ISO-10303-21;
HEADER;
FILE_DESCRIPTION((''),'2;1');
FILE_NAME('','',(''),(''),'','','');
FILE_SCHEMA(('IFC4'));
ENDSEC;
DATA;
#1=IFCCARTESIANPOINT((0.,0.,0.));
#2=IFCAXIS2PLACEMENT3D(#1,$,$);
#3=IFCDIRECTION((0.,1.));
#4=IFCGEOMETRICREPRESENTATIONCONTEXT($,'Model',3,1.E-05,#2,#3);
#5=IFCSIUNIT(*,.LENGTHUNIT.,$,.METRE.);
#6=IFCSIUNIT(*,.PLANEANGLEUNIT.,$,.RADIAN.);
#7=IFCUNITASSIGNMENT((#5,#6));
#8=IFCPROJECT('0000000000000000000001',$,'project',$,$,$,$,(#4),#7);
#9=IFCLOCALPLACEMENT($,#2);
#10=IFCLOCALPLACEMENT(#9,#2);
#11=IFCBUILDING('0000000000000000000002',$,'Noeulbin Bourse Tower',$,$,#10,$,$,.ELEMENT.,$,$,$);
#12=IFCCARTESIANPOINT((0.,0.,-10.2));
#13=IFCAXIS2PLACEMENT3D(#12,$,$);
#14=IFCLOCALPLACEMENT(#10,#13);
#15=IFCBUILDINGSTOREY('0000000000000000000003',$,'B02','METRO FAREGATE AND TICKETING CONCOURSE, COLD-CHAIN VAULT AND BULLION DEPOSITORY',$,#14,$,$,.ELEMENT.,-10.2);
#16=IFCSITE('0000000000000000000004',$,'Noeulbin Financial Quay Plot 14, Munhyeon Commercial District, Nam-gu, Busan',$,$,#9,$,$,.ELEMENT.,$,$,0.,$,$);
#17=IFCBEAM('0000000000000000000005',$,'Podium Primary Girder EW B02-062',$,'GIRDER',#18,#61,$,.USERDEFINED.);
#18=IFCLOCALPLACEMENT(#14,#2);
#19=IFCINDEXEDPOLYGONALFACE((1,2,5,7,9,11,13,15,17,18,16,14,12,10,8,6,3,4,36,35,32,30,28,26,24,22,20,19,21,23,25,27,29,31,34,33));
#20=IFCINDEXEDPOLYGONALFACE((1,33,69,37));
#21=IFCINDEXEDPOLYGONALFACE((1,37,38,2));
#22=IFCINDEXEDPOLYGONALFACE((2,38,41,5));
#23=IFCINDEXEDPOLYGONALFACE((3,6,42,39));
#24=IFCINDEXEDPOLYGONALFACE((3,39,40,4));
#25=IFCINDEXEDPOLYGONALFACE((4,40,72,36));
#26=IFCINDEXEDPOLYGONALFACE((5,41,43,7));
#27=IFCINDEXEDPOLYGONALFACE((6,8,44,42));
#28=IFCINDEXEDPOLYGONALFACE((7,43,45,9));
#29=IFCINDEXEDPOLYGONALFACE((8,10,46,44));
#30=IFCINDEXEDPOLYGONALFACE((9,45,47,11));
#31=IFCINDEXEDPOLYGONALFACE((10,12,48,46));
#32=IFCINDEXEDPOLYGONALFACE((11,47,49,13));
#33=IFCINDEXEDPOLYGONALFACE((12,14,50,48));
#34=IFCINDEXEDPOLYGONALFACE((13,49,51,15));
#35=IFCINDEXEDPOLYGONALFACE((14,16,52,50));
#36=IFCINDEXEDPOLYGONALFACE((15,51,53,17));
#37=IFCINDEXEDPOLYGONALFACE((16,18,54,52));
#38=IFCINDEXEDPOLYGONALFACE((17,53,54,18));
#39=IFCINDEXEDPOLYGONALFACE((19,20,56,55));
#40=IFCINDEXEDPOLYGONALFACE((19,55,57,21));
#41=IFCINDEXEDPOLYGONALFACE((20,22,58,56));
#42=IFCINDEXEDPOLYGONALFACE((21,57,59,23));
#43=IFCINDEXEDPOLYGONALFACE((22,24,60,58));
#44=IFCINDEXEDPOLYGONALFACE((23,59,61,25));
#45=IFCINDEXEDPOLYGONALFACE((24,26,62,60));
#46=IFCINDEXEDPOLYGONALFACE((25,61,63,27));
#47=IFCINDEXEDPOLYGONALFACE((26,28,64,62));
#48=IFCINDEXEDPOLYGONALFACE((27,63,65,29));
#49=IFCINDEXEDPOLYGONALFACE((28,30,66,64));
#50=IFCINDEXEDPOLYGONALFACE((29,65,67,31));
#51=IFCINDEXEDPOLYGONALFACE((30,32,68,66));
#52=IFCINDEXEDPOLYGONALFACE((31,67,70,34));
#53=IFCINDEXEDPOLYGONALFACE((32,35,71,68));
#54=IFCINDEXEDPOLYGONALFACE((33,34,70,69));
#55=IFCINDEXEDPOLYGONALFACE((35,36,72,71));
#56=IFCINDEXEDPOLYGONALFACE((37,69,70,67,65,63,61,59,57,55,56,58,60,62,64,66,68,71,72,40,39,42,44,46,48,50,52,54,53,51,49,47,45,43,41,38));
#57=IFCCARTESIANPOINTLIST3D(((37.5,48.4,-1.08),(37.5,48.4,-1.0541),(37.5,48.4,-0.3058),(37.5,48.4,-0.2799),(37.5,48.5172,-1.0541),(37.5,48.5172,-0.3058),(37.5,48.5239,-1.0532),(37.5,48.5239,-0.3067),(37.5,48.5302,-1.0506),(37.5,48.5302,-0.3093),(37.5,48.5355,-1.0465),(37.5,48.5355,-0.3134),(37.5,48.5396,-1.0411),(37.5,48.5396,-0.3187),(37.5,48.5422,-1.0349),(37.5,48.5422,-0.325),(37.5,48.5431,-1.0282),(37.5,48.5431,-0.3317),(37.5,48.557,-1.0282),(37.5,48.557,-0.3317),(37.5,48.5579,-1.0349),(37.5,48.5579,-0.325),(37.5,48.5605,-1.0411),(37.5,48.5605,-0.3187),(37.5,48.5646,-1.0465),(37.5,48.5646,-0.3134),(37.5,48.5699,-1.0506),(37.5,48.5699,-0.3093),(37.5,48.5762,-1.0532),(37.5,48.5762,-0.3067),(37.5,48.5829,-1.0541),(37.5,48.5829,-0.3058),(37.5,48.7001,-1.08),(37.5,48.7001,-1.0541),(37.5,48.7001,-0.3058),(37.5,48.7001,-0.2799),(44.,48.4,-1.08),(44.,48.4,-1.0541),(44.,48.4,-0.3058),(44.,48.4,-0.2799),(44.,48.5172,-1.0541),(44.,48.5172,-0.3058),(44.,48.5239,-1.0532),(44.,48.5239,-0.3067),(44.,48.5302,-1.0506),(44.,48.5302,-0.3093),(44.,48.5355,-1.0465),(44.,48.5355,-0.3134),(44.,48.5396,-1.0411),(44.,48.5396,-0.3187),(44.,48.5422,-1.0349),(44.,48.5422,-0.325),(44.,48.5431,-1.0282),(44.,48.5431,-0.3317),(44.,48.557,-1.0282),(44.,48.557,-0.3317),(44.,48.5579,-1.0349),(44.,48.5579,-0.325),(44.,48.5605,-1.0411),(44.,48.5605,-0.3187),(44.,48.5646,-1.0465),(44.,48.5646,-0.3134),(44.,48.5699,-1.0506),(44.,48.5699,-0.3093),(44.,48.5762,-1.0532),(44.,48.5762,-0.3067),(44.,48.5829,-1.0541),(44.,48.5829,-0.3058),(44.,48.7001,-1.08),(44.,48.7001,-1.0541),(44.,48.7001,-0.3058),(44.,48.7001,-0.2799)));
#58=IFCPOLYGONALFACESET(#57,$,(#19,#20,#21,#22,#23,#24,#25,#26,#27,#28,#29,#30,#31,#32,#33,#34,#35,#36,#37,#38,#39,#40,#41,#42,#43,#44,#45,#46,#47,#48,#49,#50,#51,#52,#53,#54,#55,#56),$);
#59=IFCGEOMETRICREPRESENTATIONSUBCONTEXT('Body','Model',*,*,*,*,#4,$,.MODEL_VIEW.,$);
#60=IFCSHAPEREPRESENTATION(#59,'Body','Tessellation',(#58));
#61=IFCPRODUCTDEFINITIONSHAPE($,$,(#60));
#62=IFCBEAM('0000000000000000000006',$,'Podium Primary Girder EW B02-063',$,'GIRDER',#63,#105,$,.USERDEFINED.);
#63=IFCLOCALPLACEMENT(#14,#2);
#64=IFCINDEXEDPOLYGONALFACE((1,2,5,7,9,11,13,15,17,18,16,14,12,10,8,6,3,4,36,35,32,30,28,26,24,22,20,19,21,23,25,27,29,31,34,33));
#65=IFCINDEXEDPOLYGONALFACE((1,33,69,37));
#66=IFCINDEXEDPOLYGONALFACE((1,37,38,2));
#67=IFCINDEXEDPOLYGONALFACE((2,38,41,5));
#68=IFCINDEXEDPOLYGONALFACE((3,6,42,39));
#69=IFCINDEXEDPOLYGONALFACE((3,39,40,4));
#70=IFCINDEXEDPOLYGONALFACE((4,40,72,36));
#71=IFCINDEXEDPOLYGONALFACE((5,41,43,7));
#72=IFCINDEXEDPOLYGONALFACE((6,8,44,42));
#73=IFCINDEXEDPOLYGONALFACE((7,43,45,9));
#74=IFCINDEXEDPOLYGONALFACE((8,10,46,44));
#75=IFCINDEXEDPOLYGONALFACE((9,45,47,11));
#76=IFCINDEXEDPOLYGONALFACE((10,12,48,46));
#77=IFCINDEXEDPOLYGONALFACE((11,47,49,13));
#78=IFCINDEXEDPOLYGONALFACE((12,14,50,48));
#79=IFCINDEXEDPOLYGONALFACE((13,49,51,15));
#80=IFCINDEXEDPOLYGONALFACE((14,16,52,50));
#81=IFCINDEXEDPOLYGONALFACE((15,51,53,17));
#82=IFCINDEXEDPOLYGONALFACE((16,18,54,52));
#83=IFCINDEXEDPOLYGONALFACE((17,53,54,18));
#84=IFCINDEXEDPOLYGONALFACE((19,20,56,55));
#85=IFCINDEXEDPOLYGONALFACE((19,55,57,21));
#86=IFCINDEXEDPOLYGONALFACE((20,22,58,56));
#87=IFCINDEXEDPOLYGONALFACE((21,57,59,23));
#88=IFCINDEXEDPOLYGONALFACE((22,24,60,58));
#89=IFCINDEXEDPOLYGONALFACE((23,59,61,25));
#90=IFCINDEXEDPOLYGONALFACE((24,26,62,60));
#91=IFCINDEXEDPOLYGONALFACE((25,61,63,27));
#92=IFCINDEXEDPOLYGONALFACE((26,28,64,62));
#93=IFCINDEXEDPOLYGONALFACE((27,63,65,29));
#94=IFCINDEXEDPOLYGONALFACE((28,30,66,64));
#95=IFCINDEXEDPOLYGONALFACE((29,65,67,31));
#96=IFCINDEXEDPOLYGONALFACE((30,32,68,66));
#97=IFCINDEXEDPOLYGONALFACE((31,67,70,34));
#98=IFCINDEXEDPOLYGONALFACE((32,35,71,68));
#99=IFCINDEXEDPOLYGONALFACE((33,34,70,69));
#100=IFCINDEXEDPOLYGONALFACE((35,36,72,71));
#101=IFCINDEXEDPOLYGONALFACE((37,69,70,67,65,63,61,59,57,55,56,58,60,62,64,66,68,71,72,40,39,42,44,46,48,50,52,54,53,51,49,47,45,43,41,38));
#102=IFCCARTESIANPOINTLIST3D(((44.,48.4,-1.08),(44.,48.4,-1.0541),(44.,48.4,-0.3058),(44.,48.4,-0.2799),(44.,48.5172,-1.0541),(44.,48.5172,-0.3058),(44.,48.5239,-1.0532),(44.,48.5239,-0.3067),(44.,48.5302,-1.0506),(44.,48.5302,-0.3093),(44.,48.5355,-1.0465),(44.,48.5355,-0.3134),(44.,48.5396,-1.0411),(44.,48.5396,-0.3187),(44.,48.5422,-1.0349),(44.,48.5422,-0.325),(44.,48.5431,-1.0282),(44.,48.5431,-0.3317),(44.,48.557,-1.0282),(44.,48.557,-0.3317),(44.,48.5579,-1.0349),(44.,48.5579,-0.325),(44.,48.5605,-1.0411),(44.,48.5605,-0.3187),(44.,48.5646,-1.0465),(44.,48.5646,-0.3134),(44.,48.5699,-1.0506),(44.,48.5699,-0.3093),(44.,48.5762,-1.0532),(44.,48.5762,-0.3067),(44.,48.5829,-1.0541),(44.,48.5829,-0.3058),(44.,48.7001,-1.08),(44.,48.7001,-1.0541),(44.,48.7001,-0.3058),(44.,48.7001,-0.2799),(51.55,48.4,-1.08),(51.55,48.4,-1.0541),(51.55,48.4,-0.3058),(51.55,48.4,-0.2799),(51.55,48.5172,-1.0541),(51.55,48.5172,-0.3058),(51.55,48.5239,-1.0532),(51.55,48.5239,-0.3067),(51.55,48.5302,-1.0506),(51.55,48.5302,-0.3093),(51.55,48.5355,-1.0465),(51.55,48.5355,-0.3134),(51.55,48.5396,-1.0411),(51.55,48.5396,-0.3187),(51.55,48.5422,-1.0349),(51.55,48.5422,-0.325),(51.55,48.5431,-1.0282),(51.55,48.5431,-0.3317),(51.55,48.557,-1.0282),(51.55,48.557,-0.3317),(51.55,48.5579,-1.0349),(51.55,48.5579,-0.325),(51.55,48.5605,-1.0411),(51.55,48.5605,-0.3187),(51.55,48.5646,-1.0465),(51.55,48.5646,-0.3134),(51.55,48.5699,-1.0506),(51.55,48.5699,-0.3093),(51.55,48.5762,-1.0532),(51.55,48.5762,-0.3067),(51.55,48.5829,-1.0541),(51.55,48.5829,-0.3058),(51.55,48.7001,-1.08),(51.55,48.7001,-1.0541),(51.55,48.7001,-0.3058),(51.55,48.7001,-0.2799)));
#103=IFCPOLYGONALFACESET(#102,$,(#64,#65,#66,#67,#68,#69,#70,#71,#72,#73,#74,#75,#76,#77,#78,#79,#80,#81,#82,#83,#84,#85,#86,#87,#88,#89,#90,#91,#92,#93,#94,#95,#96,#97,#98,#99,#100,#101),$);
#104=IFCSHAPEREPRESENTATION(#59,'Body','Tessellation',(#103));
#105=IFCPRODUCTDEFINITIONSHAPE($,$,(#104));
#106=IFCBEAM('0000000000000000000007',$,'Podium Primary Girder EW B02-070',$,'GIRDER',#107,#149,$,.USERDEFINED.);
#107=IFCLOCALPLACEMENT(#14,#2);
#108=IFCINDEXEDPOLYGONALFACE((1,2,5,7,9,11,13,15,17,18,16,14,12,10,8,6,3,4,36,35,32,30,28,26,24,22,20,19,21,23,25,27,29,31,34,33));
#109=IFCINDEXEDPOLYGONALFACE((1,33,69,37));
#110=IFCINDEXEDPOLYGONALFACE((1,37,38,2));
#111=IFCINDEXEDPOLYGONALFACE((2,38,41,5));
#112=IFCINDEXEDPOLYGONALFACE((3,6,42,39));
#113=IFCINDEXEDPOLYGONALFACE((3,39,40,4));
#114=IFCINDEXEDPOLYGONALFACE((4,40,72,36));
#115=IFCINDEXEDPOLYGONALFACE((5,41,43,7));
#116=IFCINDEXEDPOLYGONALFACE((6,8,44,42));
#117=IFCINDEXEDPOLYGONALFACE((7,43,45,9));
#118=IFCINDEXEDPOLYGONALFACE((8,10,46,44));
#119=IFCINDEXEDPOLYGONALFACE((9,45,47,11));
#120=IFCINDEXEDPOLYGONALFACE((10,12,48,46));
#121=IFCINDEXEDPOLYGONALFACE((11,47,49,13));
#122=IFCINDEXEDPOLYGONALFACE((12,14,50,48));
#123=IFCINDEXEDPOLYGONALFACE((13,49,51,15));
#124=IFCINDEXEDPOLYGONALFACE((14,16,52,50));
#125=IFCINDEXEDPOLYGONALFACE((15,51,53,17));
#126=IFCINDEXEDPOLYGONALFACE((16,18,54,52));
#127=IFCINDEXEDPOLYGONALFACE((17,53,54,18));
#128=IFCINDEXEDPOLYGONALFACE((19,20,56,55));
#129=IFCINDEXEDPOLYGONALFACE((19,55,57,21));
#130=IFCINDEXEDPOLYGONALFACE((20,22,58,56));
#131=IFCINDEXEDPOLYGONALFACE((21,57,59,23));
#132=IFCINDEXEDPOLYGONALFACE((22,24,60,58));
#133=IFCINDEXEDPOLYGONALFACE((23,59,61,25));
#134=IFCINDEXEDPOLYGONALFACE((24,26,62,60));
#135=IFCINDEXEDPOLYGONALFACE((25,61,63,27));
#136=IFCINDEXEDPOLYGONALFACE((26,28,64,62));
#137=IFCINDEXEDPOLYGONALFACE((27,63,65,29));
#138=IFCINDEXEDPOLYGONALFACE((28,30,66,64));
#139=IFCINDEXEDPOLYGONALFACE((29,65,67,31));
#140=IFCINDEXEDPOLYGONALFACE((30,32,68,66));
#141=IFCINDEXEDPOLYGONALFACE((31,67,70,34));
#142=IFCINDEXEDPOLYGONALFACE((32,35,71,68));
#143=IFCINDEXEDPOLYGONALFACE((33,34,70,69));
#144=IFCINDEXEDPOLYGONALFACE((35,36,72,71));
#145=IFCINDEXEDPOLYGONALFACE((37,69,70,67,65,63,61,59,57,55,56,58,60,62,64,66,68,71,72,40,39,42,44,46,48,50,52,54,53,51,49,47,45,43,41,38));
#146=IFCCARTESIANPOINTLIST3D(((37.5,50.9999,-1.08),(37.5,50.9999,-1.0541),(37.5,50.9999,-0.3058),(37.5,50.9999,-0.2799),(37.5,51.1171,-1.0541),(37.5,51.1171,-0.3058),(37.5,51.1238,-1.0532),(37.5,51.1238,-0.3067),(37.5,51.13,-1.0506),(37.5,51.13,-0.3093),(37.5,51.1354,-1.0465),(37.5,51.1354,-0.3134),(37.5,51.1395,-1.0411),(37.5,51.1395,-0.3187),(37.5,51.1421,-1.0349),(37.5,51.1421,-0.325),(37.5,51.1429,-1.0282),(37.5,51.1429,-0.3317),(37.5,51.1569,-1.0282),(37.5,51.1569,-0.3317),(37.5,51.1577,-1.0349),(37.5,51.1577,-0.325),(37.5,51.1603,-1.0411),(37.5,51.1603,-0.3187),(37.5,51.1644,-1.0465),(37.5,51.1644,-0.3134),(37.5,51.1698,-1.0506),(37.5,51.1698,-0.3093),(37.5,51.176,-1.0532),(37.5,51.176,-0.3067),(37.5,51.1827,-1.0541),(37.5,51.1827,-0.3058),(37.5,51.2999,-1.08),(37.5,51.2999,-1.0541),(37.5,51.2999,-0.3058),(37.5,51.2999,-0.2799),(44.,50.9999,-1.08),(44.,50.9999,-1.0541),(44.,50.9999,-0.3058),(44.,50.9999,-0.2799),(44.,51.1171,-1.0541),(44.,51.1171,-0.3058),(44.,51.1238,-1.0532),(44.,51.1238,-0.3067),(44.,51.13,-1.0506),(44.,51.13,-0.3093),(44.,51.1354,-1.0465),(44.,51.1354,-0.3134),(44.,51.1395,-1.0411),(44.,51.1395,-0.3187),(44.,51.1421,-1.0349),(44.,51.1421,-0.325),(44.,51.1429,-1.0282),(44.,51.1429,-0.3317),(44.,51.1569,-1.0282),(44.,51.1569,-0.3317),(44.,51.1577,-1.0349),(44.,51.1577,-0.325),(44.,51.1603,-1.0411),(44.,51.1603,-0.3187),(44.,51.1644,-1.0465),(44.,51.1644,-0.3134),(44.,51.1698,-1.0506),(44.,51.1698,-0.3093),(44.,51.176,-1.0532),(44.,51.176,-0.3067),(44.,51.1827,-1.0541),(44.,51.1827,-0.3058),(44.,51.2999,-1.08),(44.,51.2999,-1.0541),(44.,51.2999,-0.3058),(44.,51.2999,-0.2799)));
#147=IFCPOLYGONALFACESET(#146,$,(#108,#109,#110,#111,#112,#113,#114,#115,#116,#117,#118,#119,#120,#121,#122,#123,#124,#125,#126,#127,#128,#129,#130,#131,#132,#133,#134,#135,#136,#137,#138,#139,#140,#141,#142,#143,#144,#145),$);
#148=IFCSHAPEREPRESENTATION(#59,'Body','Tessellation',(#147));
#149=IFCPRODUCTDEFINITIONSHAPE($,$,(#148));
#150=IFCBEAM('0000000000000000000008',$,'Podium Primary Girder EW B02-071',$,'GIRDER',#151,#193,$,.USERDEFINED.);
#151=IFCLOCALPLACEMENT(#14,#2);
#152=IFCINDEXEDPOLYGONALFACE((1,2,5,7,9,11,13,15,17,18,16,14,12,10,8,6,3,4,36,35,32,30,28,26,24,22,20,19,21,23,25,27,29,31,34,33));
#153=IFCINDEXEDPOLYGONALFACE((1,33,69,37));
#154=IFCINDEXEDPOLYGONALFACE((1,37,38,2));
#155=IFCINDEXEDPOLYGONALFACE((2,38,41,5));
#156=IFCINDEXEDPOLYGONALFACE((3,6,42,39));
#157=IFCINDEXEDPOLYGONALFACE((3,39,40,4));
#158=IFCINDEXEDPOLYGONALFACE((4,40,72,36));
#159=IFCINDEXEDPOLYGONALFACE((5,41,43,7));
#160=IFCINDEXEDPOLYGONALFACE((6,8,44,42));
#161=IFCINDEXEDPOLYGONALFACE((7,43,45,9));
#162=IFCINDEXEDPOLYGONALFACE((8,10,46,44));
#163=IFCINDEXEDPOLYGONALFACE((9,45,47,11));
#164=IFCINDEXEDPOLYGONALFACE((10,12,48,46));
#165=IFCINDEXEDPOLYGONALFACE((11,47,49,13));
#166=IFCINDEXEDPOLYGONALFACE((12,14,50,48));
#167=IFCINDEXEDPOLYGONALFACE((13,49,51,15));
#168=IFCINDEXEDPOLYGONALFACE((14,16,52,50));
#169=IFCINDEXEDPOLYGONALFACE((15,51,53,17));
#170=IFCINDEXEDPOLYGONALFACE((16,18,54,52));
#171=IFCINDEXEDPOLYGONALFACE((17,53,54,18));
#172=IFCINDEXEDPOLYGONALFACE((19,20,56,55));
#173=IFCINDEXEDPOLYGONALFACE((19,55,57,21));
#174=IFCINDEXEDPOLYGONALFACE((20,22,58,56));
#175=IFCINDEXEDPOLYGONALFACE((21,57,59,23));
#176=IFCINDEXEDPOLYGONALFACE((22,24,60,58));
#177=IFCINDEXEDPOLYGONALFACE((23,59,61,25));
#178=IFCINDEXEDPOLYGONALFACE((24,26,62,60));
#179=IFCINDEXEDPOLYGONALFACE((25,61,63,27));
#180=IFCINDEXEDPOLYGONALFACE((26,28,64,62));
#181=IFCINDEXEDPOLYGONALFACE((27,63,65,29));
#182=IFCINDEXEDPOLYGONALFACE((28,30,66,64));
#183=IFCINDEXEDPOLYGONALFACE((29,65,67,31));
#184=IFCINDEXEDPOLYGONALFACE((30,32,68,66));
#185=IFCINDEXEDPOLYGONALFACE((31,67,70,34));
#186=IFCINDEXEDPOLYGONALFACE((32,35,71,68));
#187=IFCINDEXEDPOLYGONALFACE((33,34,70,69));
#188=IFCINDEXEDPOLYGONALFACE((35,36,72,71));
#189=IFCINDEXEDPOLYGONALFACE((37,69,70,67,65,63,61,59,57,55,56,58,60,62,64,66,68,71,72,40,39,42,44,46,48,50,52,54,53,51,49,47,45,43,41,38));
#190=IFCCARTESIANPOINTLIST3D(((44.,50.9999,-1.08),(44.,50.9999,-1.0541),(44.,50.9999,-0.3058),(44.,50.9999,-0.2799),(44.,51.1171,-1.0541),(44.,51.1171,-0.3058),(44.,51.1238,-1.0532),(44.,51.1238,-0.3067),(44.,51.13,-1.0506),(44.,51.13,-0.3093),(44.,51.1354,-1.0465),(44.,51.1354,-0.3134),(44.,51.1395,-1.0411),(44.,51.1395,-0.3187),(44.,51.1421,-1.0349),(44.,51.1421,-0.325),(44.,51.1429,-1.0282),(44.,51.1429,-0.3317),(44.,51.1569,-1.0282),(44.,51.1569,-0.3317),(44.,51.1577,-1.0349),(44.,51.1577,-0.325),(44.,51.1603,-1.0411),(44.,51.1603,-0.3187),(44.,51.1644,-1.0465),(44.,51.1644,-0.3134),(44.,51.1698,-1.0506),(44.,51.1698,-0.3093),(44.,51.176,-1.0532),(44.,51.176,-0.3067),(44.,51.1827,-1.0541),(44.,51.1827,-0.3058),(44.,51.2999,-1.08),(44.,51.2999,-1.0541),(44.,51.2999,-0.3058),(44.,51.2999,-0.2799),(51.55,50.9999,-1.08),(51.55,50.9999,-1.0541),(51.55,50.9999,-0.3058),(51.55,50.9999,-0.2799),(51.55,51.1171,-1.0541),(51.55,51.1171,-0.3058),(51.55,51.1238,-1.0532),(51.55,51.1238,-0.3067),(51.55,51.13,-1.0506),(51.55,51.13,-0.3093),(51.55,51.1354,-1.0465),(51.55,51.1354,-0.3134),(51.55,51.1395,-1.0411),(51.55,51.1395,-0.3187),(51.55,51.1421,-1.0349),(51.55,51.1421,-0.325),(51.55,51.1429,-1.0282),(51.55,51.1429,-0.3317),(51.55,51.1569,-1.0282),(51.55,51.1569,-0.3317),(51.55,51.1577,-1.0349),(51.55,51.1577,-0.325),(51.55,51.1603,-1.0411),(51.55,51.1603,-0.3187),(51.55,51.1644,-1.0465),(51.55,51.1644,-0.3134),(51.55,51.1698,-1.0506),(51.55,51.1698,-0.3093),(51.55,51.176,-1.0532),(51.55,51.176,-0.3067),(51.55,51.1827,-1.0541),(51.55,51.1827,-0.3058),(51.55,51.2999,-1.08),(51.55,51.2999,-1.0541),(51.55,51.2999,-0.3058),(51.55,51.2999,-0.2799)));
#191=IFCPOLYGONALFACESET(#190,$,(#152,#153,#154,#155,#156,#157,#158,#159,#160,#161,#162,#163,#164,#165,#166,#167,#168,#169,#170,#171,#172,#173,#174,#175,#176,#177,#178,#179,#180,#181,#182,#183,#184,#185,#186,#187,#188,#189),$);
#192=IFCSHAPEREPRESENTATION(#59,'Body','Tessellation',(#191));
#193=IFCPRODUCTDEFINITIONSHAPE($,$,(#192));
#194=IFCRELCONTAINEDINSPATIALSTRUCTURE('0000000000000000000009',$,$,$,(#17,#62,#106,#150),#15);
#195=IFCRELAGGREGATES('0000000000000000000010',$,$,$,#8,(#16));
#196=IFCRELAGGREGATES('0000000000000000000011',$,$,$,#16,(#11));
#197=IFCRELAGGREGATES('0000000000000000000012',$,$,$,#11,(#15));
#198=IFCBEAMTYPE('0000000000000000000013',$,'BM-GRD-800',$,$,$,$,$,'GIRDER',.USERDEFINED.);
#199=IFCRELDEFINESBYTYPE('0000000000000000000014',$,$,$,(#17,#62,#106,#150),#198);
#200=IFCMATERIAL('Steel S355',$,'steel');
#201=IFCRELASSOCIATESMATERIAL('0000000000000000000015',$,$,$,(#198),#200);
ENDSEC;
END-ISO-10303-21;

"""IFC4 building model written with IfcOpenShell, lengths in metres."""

from ifc_helpers import new_model, si_unit, direction, frame, origin, origin_2d, place, context, subcontext, project, spatial, i_section, extrude, material, material_profile, profile_set, type_object, element, save


model = new_model("IFC4")

# Units and contexts
model_context = context("Model", 3, precision=1e-05, world=origin(), true_north=direction((0.0, 1.0)))
body_context = subcontext(model_context, "Body", "Model", "MODEL_VIEW")
ifc_project = project(units=[si_unit("LENGTHUNIT", "METRE"), si_unit("PLANEANGLEUNIT", "RADIAN")], contexts=[model_context])

# Site, building, storey
site_placement = place(None, origin())
site = spatial("IfcSite", under=ifc_project, at=site_placement, Name="Noeulbin Financial Quay Plot 14, Munhyeon Commercial District, Nam-gu, Busan", CompositionType="ELEMENT", RefElevation=0.0)
building_placement = place(site_placement, origin())
building = spatial("IfcBuilding", under=site, at=building_placement, Name="Noeulbin Bourse Tower", CompositionType="ELEMENT")
storey_placement = place(building_placement, frame((0.0, 0.0, -10.2)))
storey = spatial("IfcBuildingStorey", under=building, at=storey_placement, Name="B02", Description="METRO FAREGATE AND TICKETING CONCOURSE, COLD-CHAIN VAULT AND BULLION DEPOSITORY", CompositionType="ELEMENT", Elevation=-10.2)

# Beams
ifc_material_1 = material(Name="Steel S355", Category="steel")
ifc_material_profile_1 = material_profile(ifc_material_1, i_section(OverallWidth=0.3, OverallDepth=0.8, WebThickness=0.0139, FlangeThickness=0.0259, FilletRadius=0.0259, at=origin_2d()), Name="H-800x300x14x26", Category="LoadBearing")
ifc_profile_set_1 = profile_set([ifc_material_profile_1], Name="Steel S355")
beam_type_1 = type_object("IfcBeamType", Name="BM-GRD-800", ElementType="GIRDER", PredefinedType="USERDEFINED", material=ifc_profile_set_1)
beam_1_placement = place(storey_placement, frame((37.5, 48.55, -0.6799), z_axis=(1.0, 0.0, 0.0), x_axis=(0.0, 1.0, 0.0)))
element("IfcBeam", 1, at=beam_1_placement, inside=storey, type_object=beam_type_1, Name="Podium Primary Girder EW B02-062", ObjectType="GIRDER", PredefinedType="USERDEFINED", context=body_context, shape_type="SweptSolid", body=[
    extrude(i_section(OverallWidth=0.3, OverallDepth=0.8, WebThickness=0.0139, FlangeThickness=0.0259, FilletRadius=0.0259, at=origin_2d()), origin(), (0.0, 0.0, 1.0), 6.5),
])
beam_2_placement = place(storey_placement, frame((44.0, 48.55, -0.6799), z_axis=(1.0, 0.0, 0.0), x_axis=(0.0, 1.0, 0.0)))
element("IfcBeam", 2, at=beam_2_placement, inside=storey, type_object=beam_type_1, Name="Podium Primary Girder EW B02-063", ObjectType="GIRDER", PredefinedType="USERDEFINED", context=body_context, shape_type="SweptSolid", body=[
    extrude(i_section(OverallWidth=0.3, OverallDepth=0.8, WebThickness=0.0139, FlangeThickness=0.0259, FilletRadius=0.0259, at=origin_2d()), origin(), (0.0, 0.0, 1.0), 7.55),
])
beam_3_placement = place(storey_placement, frame((37.5, 51.1499, -0.6799), z_axis=(1.0, 0.0, 0.0), x_axis=(0.0, 1.0, 0.0)))
element("IfcBeam", 3, at=beam_3_placement, inside=storey, type_object=beam_type_1, Name="Podium Primary Girder EW B02-070", ObjectType="GIRDER", PredefinedType="USERDEFINED", context=body_context, shape_type="SweptSolid", body=[
    extrude(i_section(OverallWidth=0.3, OverallDepth=0.8, WebThickness=0.0139, FlangeThickness=0.0259, FilletRadius=0.0259, at=origin_2d()), origin(), (0.0, 0.0, 1.0), 6.5),
])
beam_4_placement = place(storey_placement, frame((44.0, 51.1499, -0.6799), z_axis=(1.0, 0.0, 0.0), x_axis=(0.0, 1.0, 0.0)))
element("IfcBeam", 4, at=beam_4_placement, inside=storey, type_object=beam_type_1, Name="Podium Primary Girder EW B02-071", ObjectType="GIRDER", PredefinedType="USERDEFINED", context=body_context, shape_type="SweptSolid", body=[
    extrude(i_section(OverallWidth=0.3, OverallDepth=0.8, WebThickness=0.0139, FlangeThickness=0.0259, FilletRadius=0.0259, at=origin_2d()), origin(), (0.0, 0.0, 1.0), 7.55),
])

save(model, "model.ifc")
